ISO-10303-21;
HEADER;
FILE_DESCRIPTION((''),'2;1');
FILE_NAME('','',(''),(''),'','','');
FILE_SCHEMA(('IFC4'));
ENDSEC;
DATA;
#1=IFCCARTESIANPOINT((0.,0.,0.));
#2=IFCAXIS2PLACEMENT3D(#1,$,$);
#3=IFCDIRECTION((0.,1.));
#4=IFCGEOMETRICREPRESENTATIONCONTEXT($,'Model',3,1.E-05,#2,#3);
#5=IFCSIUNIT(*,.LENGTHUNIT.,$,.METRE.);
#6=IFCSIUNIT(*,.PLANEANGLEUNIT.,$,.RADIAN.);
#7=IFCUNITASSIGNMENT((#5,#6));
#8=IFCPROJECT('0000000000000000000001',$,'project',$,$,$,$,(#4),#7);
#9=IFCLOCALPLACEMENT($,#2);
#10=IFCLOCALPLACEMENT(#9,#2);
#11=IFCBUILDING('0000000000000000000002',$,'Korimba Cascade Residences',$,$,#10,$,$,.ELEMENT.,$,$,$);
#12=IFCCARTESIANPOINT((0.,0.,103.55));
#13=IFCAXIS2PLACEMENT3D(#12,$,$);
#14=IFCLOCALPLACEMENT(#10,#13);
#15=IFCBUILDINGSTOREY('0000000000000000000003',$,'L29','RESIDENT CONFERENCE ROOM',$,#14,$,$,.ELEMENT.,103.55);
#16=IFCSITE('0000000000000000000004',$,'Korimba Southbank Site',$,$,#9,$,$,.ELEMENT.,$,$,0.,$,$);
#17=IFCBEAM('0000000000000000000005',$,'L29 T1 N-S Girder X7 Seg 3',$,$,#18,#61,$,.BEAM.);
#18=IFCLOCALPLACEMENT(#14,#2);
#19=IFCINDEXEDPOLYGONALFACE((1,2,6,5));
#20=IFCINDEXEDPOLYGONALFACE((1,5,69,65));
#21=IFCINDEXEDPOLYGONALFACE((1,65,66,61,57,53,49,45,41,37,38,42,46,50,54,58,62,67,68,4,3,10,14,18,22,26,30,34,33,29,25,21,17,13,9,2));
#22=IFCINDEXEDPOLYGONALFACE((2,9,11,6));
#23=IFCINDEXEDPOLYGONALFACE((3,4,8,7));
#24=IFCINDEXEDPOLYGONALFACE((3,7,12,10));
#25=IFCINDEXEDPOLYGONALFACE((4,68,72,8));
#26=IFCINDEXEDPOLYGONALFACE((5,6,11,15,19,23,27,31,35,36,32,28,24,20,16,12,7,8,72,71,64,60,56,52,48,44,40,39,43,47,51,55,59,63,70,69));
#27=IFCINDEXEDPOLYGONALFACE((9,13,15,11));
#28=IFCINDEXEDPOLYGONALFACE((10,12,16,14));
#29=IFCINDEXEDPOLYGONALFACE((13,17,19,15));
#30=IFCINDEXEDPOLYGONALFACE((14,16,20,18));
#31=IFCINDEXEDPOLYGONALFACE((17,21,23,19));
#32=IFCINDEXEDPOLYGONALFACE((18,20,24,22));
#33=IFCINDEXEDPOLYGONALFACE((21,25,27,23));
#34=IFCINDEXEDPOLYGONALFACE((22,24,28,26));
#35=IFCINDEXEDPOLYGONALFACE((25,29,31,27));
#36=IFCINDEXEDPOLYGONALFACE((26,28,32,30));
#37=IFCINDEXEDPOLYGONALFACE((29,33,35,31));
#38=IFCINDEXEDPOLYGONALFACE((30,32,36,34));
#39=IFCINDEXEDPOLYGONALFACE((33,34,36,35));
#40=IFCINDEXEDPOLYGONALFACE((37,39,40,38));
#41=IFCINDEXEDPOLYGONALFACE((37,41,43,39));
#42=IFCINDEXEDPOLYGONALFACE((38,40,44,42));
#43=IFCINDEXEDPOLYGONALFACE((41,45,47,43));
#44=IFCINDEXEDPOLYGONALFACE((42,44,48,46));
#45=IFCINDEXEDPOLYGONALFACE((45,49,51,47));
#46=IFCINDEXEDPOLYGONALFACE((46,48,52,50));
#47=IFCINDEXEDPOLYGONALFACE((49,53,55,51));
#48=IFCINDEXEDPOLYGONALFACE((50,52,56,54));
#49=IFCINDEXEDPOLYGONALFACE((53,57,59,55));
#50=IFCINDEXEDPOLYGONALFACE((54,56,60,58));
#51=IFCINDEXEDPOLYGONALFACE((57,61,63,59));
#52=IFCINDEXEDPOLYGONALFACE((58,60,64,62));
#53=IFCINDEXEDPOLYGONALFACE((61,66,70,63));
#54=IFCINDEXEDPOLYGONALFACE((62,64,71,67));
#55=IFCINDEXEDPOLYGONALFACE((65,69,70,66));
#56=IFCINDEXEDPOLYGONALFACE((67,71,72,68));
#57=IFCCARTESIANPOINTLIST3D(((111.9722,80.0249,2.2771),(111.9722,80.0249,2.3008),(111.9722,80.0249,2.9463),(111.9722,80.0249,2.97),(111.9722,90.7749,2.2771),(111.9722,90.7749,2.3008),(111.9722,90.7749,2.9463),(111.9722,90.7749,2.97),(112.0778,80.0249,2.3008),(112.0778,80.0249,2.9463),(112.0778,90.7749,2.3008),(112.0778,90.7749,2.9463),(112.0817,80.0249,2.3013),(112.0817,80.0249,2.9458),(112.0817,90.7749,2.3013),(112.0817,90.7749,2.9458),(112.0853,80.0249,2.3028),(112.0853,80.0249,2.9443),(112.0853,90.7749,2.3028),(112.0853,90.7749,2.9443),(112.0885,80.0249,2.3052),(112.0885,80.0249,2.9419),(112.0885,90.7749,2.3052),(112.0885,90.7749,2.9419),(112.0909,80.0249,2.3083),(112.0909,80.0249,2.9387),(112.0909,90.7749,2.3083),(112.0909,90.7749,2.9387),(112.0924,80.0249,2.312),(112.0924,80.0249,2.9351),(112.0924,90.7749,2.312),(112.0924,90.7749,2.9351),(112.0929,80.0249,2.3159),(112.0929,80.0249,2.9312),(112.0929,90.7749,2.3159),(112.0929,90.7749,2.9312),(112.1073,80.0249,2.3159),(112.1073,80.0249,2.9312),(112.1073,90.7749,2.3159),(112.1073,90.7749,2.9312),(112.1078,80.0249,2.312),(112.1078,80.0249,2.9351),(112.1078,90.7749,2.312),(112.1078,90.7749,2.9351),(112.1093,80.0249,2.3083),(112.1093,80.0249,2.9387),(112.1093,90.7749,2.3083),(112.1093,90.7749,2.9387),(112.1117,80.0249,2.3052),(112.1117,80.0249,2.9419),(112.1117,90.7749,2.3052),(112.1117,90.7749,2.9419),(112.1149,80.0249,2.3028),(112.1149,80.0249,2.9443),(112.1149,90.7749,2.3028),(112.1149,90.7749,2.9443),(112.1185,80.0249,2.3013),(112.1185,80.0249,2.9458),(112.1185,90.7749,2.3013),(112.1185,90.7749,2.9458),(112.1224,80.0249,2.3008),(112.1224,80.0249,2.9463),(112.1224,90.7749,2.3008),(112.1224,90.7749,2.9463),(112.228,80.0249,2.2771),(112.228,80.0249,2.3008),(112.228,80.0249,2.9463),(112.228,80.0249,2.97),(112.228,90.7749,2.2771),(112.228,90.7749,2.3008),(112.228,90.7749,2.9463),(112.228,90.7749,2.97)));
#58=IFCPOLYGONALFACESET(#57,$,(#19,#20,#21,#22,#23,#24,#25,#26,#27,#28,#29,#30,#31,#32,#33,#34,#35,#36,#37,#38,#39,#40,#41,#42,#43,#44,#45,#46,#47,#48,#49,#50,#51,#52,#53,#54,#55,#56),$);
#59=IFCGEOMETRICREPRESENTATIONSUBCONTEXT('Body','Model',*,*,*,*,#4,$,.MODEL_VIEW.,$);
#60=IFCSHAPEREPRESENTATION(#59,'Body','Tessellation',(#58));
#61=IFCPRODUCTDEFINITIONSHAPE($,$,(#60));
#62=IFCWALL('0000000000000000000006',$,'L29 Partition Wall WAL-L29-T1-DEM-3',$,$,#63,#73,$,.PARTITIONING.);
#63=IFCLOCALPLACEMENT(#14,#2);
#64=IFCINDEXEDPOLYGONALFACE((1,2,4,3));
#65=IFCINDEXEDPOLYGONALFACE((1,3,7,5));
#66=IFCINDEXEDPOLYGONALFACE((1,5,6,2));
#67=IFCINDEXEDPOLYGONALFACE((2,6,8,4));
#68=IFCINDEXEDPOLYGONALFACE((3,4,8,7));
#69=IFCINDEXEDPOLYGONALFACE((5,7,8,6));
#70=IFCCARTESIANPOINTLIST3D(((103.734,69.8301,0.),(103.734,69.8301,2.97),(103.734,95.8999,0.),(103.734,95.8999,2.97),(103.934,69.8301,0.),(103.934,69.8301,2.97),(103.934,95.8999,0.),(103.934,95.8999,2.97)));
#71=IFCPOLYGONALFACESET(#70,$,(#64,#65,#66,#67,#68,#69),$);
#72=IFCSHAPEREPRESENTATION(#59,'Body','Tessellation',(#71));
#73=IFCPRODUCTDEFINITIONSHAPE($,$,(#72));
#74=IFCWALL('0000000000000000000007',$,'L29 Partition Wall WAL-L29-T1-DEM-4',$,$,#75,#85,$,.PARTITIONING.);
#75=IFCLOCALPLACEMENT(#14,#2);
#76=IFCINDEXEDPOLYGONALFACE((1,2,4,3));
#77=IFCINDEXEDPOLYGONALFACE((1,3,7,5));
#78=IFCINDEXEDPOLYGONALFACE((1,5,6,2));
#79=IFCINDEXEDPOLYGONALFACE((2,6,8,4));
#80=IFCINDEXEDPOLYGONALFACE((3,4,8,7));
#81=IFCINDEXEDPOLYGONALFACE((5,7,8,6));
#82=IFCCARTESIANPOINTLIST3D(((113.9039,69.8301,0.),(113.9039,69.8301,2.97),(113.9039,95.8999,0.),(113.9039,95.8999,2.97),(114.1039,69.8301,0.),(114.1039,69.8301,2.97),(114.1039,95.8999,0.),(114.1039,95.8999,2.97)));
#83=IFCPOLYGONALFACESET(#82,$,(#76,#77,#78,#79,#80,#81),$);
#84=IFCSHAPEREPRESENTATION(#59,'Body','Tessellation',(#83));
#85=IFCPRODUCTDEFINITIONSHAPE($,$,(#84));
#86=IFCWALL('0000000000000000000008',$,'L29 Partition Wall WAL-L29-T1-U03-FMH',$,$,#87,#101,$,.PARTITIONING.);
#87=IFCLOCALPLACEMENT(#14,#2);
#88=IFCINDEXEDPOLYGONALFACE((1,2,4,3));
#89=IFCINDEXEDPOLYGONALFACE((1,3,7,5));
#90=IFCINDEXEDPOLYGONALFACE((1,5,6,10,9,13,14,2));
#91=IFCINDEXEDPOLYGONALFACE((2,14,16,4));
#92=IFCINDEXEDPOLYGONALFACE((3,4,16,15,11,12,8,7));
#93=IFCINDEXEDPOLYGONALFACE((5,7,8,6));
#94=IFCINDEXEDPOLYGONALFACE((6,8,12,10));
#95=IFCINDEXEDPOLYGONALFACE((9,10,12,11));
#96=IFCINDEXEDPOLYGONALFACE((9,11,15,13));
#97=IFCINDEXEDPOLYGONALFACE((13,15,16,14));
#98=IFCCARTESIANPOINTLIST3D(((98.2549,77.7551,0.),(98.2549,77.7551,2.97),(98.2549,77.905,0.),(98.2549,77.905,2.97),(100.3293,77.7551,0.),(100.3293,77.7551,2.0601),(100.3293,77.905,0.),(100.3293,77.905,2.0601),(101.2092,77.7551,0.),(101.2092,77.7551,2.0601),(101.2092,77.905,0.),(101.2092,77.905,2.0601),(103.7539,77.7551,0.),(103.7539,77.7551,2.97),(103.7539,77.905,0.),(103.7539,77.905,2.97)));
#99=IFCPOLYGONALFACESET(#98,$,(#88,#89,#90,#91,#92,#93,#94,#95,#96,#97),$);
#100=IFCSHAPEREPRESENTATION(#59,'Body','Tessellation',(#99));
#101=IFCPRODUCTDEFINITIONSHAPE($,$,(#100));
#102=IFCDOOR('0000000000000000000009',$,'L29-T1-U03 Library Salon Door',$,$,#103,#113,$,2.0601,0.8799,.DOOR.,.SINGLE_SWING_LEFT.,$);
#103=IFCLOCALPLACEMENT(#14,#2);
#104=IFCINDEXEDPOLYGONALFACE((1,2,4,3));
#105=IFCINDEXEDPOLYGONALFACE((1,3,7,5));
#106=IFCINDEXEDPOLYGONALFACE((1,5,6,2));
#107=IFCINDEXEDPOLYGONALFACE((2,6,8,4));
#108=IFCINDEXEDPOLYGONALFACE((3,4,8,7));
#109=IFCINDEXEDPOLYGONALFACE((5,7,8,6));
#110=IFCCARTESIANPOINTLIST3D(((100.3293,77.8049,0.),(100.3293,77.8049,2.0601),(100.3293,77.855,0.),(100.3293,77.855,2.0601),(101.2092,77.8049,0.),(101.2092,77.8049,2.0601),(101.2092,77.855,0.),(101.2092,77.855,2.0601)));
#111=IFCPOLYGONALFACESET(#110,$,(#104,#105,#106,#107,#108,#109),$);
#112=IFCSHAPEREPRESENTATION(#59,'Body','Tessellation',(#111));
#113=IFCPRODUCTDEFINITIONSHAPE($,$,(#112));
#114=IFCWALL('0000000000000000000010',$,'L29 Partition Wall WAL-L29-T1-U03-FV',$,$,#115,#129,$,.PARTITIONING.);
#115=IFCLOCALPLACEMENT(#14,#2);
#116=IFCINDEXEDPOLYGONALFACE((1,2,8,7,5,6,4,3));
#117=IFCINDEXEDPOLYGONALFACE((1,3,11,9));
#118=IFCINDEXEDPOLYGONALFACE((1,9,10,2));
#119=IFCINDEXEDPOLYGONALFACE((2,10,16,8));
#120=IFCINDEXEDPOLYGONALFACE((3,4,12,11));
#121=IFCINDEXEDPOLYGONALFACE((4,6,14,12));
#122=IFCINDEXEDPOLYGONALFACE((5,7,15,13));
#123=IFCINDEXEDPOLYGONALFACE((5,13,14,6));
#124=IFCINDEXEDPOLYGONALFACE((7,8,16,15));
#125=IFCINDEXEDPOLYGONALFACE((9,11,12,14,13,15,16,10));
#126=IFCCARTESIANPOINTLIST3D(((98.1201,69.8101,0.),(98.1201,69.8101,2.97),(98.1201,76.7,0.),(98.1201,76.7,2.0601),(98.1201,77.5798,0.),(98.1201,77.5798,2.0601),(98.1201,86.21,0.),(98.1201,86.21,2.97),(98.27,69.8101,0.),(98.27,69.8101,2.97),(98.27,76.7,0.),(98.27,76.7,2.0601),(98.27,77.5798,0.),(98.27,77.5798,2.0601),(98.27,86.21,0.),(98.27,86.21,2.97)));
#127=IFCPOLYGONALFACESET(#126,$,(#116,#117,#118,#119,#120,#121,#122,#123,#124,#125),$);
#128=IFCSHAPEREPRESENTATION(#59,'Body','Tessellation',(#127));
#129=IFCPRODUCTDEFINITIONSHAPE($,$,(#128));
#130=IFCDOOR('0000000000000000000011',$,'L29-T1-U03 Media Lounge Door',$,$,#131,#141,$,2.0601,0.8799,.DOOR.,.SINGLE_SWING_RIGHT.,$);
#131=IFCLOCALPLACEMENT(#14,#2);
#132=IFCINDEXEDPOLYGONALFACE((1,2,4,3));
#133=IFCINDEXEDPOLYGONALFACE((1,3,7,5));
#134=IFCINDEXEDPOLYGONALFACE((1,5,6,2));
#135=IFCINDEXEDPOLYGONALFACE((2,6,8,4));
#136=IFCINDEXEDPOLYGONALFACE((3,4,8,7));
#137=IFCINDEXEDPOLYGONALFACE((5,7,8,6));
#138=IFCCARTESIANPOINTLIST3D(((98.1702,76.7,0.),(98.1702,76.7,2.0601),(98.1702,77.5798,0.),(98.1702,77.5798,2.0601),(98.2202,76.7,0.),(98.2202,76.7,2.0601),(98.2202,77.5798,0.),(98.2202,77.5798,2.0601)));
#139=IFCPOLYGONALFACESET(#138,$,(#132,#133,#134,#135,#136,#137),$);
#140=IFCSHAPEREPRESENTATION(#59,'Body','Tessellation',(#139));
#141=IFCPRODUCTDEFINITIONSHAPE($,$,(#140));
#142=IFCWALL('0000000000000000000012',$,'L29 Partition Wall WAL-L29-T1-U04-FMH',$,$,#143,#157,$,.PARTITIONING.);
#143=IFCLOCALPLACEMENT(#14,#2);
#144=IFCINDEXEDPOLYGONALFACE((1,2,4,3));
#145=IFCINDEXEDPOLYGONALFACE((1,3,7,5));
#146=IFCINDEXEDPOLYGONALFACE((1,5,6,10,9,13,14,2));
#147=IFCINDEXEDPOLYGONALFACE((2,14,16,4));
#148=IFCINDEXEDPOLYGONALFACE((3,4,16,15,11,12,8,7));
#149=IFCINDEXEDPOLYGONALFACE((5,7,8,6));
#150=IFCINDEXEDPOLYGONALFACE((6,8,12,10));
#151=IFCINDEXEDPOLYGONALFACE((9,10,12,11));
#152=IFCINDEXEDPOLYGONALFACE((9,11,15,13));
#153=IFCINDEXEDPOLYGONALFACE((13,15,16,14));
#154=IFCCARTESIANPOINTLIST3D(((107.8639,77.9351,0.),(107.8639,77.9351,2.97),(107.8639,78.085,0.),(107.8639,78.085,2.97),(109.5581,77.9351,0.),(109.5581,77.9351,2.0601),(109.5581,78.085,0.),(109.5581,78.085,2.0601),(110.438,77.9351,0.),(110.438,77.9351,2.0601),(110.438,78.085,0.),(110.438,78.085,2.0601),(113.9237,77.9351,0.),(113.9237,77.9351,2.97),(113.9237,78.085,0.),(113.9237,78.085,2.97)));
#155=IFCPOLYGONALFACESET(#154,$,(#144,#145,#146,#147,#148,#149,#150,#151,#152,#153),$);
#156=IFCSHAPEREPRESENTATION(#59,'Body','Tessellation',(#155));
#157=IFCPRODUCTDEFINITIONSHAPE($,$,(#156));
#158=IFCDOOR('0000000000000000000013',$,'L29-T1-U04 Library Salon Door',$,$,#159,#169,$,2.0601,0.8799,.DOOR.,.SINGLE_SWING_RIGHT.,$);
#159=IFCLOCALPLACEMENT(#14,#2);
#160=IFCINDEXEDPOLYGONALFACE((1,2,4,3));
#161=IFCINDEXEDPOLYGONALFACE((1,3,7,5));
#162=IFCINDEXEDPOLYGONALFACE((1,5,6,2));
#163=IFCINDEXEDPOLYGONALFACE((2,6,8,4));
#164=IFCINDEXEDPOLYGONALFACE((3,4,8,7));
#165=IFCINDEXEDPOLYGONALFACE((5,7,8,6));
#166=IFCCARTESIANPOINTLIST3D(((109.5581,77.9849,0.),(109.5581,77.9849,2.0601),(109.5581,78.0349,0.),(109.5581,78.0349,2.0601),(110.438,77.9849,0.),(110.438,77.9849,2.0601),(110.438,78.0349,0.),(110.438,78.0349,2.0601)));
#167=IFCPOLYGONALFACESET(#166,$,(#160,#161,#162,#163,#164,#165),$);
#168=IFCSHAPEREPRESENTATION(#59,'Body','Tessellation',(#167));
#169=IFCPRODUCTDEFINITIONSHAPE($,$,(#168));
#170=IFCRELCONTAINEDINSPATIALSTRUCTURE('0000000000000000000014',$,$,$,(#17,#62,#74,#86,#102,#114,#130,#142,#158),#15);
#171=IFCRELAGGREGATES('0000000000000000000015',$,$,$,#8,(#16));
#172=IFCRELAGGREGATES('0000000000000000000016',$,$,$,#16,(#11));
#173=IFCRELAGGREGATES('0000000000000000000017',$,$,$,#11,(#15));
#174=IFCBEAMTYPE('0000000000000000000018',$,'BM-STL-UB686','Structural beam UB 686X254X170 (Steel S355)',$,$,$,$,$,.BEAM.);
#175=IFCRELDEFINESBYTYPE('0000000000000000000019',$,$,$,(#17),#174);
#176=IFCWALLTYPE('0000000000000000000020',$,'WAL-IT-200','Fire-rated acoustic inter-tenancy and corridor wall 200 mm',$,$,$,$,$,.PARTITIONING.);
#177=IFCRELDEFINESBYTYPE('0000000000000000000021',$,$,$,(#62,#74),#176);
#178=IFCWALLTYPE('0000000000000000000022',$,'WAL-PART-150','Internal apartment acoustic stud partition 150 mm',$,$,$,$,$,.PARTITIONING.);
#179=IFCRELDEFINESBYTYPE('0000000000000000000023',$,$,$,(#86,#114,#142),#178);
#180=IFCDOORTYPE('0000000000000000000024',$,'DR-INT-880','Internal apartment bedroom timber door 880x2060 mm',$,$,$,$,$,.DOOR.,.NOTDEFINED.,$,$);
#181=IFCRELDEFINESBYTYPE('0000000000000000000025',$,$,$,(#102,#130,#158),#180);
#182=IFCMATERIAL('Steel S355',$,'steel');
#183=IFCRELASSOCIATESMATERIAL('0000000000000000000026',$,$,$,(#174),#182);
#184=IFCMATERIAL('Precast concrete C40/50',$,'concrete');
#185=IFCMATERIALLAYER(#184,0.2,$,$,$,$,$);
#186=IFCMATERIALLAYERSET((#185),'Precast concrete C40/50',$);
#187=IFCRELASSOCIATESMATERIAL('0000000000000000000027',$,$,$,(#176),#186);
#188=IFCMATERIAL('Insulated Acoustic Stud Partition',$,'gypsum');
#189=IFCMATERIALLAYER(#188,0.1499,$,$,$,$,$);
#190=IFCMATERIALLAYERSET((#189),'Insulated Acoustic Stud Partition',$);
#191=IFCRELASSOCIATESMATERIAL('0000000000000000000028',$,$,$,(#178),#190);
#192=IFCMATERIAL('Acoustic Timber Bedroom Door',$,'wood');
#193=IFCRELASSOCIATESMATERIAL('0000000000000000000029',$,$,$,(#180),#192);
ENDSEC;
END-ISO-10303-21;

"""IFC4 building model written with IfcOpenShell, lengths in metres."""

from ifc_helpers import new_model, si_unit, direction, frame, frame_2d, origin, origin_2d, place, context, subcontext, project, spatial, rectangle, i_section, extrude, material, layer, layer_set, material_profile, profile_set, type_object, element, fill, save


model = new_model("IFC4")

# Units and contexts
model_context = context("Model", 3, precision=1e-05, world=origin(), true_north=direction((0.0, 1.0)))
body_context = subcontext(model_context, "Body", "Model", "MODEL_VIEW")
ifc_project = project(units=[si_unit("LENGTHUNIT", "METRE"), si_unit("PLANEANGLEUNIT", "RADIAN")], contexts=[model_context])

# Site, building, storey
site_placement = place(None, origin())
site = spatial("IfcSite", under=ifc_project, at=site_placement, Name="Korimba Southbank Site", CompositionType="ELEMENT", RefElevation=0.0)
building_placement = place(site_placement, origin())
building = spatial("IfcBuilding", under=site, at=building_placement, Name="Korimba Cascade Residences", CompositionType="ELEMENT")
storey_placement = place(building_placement, frame((0.0, 0.0, 103.55)))
storey = spatial("IfcBuildingStorey", under=building, at=storey_placement, Name="L29", Description="RESIDENT CONFERENCE ROOM", CompositionType="ELEMENT", Elevation=103.55)

# Beam
ifc_material_1 = material(Name="Steel S355", Category="steel")
ifc_material_profile_1 = material_profile(ifc_material_1, i_section(OverallWidth=0.2559, OverallDepth=0.6929, WebThickness=0.0144, FlangeThickness=0.0237, FilletRadius=0.0151, at=origin_2d()), Name="Steel S355")
ifc_profile_set_1 = profile_set([ifc_material_profile_1], Name="Steel S355")
beam_type_1 = type_object("IfcBeamType", Name="BM-STL-UB686", Description="Structural beam UB 686X254X170 (Steel S355)", PredefinedType="BEAM", material=ifc_profile_set_1)
for number, where, z_axis, x_axis, name in (
    (1, (112.1001, 80.0249, 2.6235), (0.0, 1.0, 0.0), (-1.0, 0.0, 0.0), "L29 T1 N-S Girder X7 Seg 3"),
):
    element("IfcBeam", number, at=place(storey_placement, frame(where, z_axis=z_axis, x_axis=x_axis)), inside=storey, type_object=beam_type_1, Name=name, PredefinedType="BEAM", context=body_context, shape_type="SweptSolid", body=[
        extrude(i_section(OverallWidth=0.2559, OverallDepth=0.6929, WebThickness=0.0144, FlangeThickness=0.0237, FilletRadius=0.0151, at=origin_2d()), origin(), (0.0, 0.0, 1.0), 10.75),
    ])

# Walls
ifc_material_2 = material(Name="Precast concrete C40/50", Category="concrete")
ifc_layer_1 = layer(ifc_material_2, 0.2)
ifc_layer_set_1 = layer_set([ifc_layer_1], Name="Precast concrete C40/50")
wall_type_1 = type_object("IfcWallType", Name="WAL-IT-200", Description="Fire-rated acoustic inter-tenancy and corridor wall 200 mm", PredefinedType="PARTITIONING", material=ifc_layer_set_1)
for number, where, z_axis, x_axis, name in (
    (2, (103.834, 69.8301, 0.0), (0.0, 0.0, 1.0), (0.0, 1.0, 0.0), "L29 Partition Wall WAL-L29-T1-DEM-3"),
    (3, (114.0039, 69.8301, 0.0), (0.0, 0.0, 1.0), (0.0, 1.0, 0.0), "L29 Partition Wall WAL-L29-T1-DEM-4"),
):
    element("IfcWall", number, at=place(storey_placement, frame(where, z_axis=z_axis, x_axis=x_axis)), inside=storey, type_object=wall_type_1, Name=name, PredefinedType="PARTITIONING", context=body_context, shape_type="SweptSolid", body=[
        extrude(rectangle(XDim=26.0698, YDim=0.2, at=frame_2d((13.0349, 0.0))), origin(), (0.0, 0.0, 1.0), 2.97),
    ])

# Walls, openings, doors
ifc_material_3 = material(Name="Insulated Acoustic Stud Partition", Category="gypsum")
ifc_layer_2 = layer(ifc_material_3, 0.1499)
ifc_layer_set_2 = layer_set([ifc_layer_2], Name="Insulated Acoustic Stud Partition")
wall_type_2 = type_object("IfcWallType", Name="WAL-PART-150", Description="Internal apartment acoustic stud partition 150 mm", PredefinedType="PARTITIONING", material=ifc_layer_set_2)
wall_1_placement = place(storey_placement, frame((98.2549, 77.8301, 0.0), z_axis=(0.0, 0.0, 1.0), x_axis=(1.0, 0.0, 0.0)))
wall_1 = element("IfcWall", 4, at=wall_1_placement, inside=storey, type_object=wall_type_2, Name="L29 Partition Wall WAL-L29-T1-U03-FMH", PredefinedType="PARTITIONING", context=body_context, shape_type="SweptSolid", body=[
    extrude(rectangle(XDim=5.499, YDim=0.1499, at=frame_2d((2.7495, 0.0))), origin(), (0.0, 0.0, 1.0), 2.97),
])
opening_1_placement = place(wall_1_placement, frame((2.0745, 0.0, 0.0)))
opening_1 = element("IfcOpeningElement", 5, at=opening_1_placement, cuts=wall_1, PredefinedType="OPENING", context=body_context, shape_type="SweptSolid", body=[
    extrude(rectangle(XDim=0.8799, YDim=2.0601, at=frame_2d((0.4399, 1.03))), frame((0.0, 0.085, 0.0), z_axis=(0.0, -1.0, 0.0), x_axis=(1.0, 0.0, 0.0)), (0.0, 0.0, 1.0), 0.1699),
])
ifc_material_4 = material(Name="Acoustic Timber Bedroom Door", Category="wood")
door_type_1 = type_object("IfcDoorType", Name="DR-INT-880", Description="Internal apartment bedroom timber door 880x2060 mm", OperationType="NOTDEFINED", PredefinedType="DOOR", material=ifc_material_4)
door_1_placement = place(opening_1_placement, origin())
door_1 = element("IfcDoor", 6, at=door_1_placement, inside=storey, type_object=door_type_1, Name="L29-T1-U03 Library Salon Door", OperationType="SINGLE_SWING_LEFT", OverallHeight=2.0601, OverallWidth=0.8799, PredefinedType="DOOR", context=body_context, shape_type="SweptSolid", body=[
    extrude(rectangle(XDim=0.8799, YDim=2.0601, at=frame_2d((0.4399, 1.03))), frame((0.0, 0.0249, 0.0), z_axis=(0.0, -1.0, 0.0), x_axis=(1.0, 0.0, 0.0)), (0.0, 0.0, 1.0), 0.05),
])
fill(opening_1, door_1)
wall_2_placement = place(storey_placement, frame((98.1951, 69.8101, 0.0), z_axis=(0.0, 0.0, 1.0), x_axis=(0.0, 1.0, 0.0)))
wall_2 = element("IfcWall", 7, at=wall_2_placement, inside=storey, type_object=wall_type_2, Name="L29 Partition Wall WAL-L29-T1-U03-FV", PredefinedType="PARTITIONING", context=body_context, shape_type="SweptSolid", body=[
    extrude(rectangle(XDim=16.3999, YDim=0.1499, at=frame_2d((8.2, 0.0))), origin(), (0.0, 0.0, 1.0), 2.97),
])
opening_2_placement = place(wall_2_placement, frame((6.8899, 0.0, 0.0)))
opening_2 = element("IfcOpeningElement", 8, at=opening_2_placement, cuts=wall_2, PredefinedType="OPENING", context=body_context, shape_type="SweptSolid", body=[
    extrude(rectangle(XDim=0.8799, YDim=2.0601, at=frame_2d((0.4399, 1.03))), frame((0.0, 0.085, 0.0), z_axis=(0.0, -1.0, 0.0), x_axis=(1.0, 0.0, 0.0)), (0.0, 0.0, 1.0), 0.1699),
])
door_2_placement = place(opening_2_placement, origin())
door_2 = element("IfcDoor", 9, at=door_2_placement, inside=storey, type_object=door_type_1, Name="L29-T1-U03 Media Lounge Door", OperationType="SINGLE_SWING_RIGHT", OverallHeight=2.0601, OverallWidth=0.8799, PredefinedType="DOOR", context=body_context, shape_type="SweptSolid", body=[
    extrude(rectangle(XDim=0.8799, YDim=2.0601, at=frame_2d((0.4399, 1.03))), frame((0.0, 0.0249, 0.0), z_axis=(0.0, -1.0, 0.0), x_axis=(1.0, 0.0, 0.0)), (0.0, 0.0, 1.0), 0.05),
])
fill(opening_2, door_2)
wall_3_placement = place(storey_placement, frame((107.864, 78.01, 0.0), z_axis=(0.0, 0.0, 1.0), x_axis=(1.0, 0.0, 0.0)))
wall_3 = element("IfcWall", 10, at=wall_3_placement, inside=storey, type_object=wall_type_2, Name="L29 Partition Wall WAL-L29-T1-U04-FMH", PredefinedType="PARTITIONING", context=body_context, shape_type="SweptSolid", body=[
    extrude(rectangle(XDim=6.0598, YDim=0.1499, at=frame_2d((3.0298, 0.0))), origin(), (0.0, 0.0, 1.0), 2.97),
])
opening_3_placement = place(wall_3_placement, frame((1.6941, 0.0, 0.0)))
opening_3 = element("IfcOpeningElement", 11, at=opening_3_placement, cuts=wall_3, PredefinedType="OPENING", context=body_context, shape_type="SweptSolid", body=[
    extrude(rectangle(XDim=0.8799, YDim=2.0601, at=frame_2d((0.4399, 1.03))), frame((0.0, 0.085, 0.0), z_axis=(0.0, -1.0, 0.0), x_axis=(1.0, 0.0, 0.0)), (0.0, 0.0, 1.0), 0.1699),
])
door_3_placement = place(opening_3_placement, origin())
door_3 = element("IfcDoor", 12, at=door_3_placement, inside=storey, type_object=door_type_1, Name="L29-T1-U04 Library Salon Door", OperationType="SINGLE_SWING_RIGHT", OverallHeight=2.0601, OverallWidth=0.8799, PredefinedType="DOOR", context=body_context, shape_type="SweptSolid", body=[
    extrude(rectangle(XDim=0.8799, YDim=2.0601, at=frame_2d((0.4399, 1.03))), frame((0.0, 0.0249, 0.0), z_axis=(0.0, -1.0, 0.0), x_axis=(1.0, 0.0, 0.0)), (0.0, 0.0, 1.0), 0.05),
])
fill(opening_3, door_3)

save(model, "model.ifc")
